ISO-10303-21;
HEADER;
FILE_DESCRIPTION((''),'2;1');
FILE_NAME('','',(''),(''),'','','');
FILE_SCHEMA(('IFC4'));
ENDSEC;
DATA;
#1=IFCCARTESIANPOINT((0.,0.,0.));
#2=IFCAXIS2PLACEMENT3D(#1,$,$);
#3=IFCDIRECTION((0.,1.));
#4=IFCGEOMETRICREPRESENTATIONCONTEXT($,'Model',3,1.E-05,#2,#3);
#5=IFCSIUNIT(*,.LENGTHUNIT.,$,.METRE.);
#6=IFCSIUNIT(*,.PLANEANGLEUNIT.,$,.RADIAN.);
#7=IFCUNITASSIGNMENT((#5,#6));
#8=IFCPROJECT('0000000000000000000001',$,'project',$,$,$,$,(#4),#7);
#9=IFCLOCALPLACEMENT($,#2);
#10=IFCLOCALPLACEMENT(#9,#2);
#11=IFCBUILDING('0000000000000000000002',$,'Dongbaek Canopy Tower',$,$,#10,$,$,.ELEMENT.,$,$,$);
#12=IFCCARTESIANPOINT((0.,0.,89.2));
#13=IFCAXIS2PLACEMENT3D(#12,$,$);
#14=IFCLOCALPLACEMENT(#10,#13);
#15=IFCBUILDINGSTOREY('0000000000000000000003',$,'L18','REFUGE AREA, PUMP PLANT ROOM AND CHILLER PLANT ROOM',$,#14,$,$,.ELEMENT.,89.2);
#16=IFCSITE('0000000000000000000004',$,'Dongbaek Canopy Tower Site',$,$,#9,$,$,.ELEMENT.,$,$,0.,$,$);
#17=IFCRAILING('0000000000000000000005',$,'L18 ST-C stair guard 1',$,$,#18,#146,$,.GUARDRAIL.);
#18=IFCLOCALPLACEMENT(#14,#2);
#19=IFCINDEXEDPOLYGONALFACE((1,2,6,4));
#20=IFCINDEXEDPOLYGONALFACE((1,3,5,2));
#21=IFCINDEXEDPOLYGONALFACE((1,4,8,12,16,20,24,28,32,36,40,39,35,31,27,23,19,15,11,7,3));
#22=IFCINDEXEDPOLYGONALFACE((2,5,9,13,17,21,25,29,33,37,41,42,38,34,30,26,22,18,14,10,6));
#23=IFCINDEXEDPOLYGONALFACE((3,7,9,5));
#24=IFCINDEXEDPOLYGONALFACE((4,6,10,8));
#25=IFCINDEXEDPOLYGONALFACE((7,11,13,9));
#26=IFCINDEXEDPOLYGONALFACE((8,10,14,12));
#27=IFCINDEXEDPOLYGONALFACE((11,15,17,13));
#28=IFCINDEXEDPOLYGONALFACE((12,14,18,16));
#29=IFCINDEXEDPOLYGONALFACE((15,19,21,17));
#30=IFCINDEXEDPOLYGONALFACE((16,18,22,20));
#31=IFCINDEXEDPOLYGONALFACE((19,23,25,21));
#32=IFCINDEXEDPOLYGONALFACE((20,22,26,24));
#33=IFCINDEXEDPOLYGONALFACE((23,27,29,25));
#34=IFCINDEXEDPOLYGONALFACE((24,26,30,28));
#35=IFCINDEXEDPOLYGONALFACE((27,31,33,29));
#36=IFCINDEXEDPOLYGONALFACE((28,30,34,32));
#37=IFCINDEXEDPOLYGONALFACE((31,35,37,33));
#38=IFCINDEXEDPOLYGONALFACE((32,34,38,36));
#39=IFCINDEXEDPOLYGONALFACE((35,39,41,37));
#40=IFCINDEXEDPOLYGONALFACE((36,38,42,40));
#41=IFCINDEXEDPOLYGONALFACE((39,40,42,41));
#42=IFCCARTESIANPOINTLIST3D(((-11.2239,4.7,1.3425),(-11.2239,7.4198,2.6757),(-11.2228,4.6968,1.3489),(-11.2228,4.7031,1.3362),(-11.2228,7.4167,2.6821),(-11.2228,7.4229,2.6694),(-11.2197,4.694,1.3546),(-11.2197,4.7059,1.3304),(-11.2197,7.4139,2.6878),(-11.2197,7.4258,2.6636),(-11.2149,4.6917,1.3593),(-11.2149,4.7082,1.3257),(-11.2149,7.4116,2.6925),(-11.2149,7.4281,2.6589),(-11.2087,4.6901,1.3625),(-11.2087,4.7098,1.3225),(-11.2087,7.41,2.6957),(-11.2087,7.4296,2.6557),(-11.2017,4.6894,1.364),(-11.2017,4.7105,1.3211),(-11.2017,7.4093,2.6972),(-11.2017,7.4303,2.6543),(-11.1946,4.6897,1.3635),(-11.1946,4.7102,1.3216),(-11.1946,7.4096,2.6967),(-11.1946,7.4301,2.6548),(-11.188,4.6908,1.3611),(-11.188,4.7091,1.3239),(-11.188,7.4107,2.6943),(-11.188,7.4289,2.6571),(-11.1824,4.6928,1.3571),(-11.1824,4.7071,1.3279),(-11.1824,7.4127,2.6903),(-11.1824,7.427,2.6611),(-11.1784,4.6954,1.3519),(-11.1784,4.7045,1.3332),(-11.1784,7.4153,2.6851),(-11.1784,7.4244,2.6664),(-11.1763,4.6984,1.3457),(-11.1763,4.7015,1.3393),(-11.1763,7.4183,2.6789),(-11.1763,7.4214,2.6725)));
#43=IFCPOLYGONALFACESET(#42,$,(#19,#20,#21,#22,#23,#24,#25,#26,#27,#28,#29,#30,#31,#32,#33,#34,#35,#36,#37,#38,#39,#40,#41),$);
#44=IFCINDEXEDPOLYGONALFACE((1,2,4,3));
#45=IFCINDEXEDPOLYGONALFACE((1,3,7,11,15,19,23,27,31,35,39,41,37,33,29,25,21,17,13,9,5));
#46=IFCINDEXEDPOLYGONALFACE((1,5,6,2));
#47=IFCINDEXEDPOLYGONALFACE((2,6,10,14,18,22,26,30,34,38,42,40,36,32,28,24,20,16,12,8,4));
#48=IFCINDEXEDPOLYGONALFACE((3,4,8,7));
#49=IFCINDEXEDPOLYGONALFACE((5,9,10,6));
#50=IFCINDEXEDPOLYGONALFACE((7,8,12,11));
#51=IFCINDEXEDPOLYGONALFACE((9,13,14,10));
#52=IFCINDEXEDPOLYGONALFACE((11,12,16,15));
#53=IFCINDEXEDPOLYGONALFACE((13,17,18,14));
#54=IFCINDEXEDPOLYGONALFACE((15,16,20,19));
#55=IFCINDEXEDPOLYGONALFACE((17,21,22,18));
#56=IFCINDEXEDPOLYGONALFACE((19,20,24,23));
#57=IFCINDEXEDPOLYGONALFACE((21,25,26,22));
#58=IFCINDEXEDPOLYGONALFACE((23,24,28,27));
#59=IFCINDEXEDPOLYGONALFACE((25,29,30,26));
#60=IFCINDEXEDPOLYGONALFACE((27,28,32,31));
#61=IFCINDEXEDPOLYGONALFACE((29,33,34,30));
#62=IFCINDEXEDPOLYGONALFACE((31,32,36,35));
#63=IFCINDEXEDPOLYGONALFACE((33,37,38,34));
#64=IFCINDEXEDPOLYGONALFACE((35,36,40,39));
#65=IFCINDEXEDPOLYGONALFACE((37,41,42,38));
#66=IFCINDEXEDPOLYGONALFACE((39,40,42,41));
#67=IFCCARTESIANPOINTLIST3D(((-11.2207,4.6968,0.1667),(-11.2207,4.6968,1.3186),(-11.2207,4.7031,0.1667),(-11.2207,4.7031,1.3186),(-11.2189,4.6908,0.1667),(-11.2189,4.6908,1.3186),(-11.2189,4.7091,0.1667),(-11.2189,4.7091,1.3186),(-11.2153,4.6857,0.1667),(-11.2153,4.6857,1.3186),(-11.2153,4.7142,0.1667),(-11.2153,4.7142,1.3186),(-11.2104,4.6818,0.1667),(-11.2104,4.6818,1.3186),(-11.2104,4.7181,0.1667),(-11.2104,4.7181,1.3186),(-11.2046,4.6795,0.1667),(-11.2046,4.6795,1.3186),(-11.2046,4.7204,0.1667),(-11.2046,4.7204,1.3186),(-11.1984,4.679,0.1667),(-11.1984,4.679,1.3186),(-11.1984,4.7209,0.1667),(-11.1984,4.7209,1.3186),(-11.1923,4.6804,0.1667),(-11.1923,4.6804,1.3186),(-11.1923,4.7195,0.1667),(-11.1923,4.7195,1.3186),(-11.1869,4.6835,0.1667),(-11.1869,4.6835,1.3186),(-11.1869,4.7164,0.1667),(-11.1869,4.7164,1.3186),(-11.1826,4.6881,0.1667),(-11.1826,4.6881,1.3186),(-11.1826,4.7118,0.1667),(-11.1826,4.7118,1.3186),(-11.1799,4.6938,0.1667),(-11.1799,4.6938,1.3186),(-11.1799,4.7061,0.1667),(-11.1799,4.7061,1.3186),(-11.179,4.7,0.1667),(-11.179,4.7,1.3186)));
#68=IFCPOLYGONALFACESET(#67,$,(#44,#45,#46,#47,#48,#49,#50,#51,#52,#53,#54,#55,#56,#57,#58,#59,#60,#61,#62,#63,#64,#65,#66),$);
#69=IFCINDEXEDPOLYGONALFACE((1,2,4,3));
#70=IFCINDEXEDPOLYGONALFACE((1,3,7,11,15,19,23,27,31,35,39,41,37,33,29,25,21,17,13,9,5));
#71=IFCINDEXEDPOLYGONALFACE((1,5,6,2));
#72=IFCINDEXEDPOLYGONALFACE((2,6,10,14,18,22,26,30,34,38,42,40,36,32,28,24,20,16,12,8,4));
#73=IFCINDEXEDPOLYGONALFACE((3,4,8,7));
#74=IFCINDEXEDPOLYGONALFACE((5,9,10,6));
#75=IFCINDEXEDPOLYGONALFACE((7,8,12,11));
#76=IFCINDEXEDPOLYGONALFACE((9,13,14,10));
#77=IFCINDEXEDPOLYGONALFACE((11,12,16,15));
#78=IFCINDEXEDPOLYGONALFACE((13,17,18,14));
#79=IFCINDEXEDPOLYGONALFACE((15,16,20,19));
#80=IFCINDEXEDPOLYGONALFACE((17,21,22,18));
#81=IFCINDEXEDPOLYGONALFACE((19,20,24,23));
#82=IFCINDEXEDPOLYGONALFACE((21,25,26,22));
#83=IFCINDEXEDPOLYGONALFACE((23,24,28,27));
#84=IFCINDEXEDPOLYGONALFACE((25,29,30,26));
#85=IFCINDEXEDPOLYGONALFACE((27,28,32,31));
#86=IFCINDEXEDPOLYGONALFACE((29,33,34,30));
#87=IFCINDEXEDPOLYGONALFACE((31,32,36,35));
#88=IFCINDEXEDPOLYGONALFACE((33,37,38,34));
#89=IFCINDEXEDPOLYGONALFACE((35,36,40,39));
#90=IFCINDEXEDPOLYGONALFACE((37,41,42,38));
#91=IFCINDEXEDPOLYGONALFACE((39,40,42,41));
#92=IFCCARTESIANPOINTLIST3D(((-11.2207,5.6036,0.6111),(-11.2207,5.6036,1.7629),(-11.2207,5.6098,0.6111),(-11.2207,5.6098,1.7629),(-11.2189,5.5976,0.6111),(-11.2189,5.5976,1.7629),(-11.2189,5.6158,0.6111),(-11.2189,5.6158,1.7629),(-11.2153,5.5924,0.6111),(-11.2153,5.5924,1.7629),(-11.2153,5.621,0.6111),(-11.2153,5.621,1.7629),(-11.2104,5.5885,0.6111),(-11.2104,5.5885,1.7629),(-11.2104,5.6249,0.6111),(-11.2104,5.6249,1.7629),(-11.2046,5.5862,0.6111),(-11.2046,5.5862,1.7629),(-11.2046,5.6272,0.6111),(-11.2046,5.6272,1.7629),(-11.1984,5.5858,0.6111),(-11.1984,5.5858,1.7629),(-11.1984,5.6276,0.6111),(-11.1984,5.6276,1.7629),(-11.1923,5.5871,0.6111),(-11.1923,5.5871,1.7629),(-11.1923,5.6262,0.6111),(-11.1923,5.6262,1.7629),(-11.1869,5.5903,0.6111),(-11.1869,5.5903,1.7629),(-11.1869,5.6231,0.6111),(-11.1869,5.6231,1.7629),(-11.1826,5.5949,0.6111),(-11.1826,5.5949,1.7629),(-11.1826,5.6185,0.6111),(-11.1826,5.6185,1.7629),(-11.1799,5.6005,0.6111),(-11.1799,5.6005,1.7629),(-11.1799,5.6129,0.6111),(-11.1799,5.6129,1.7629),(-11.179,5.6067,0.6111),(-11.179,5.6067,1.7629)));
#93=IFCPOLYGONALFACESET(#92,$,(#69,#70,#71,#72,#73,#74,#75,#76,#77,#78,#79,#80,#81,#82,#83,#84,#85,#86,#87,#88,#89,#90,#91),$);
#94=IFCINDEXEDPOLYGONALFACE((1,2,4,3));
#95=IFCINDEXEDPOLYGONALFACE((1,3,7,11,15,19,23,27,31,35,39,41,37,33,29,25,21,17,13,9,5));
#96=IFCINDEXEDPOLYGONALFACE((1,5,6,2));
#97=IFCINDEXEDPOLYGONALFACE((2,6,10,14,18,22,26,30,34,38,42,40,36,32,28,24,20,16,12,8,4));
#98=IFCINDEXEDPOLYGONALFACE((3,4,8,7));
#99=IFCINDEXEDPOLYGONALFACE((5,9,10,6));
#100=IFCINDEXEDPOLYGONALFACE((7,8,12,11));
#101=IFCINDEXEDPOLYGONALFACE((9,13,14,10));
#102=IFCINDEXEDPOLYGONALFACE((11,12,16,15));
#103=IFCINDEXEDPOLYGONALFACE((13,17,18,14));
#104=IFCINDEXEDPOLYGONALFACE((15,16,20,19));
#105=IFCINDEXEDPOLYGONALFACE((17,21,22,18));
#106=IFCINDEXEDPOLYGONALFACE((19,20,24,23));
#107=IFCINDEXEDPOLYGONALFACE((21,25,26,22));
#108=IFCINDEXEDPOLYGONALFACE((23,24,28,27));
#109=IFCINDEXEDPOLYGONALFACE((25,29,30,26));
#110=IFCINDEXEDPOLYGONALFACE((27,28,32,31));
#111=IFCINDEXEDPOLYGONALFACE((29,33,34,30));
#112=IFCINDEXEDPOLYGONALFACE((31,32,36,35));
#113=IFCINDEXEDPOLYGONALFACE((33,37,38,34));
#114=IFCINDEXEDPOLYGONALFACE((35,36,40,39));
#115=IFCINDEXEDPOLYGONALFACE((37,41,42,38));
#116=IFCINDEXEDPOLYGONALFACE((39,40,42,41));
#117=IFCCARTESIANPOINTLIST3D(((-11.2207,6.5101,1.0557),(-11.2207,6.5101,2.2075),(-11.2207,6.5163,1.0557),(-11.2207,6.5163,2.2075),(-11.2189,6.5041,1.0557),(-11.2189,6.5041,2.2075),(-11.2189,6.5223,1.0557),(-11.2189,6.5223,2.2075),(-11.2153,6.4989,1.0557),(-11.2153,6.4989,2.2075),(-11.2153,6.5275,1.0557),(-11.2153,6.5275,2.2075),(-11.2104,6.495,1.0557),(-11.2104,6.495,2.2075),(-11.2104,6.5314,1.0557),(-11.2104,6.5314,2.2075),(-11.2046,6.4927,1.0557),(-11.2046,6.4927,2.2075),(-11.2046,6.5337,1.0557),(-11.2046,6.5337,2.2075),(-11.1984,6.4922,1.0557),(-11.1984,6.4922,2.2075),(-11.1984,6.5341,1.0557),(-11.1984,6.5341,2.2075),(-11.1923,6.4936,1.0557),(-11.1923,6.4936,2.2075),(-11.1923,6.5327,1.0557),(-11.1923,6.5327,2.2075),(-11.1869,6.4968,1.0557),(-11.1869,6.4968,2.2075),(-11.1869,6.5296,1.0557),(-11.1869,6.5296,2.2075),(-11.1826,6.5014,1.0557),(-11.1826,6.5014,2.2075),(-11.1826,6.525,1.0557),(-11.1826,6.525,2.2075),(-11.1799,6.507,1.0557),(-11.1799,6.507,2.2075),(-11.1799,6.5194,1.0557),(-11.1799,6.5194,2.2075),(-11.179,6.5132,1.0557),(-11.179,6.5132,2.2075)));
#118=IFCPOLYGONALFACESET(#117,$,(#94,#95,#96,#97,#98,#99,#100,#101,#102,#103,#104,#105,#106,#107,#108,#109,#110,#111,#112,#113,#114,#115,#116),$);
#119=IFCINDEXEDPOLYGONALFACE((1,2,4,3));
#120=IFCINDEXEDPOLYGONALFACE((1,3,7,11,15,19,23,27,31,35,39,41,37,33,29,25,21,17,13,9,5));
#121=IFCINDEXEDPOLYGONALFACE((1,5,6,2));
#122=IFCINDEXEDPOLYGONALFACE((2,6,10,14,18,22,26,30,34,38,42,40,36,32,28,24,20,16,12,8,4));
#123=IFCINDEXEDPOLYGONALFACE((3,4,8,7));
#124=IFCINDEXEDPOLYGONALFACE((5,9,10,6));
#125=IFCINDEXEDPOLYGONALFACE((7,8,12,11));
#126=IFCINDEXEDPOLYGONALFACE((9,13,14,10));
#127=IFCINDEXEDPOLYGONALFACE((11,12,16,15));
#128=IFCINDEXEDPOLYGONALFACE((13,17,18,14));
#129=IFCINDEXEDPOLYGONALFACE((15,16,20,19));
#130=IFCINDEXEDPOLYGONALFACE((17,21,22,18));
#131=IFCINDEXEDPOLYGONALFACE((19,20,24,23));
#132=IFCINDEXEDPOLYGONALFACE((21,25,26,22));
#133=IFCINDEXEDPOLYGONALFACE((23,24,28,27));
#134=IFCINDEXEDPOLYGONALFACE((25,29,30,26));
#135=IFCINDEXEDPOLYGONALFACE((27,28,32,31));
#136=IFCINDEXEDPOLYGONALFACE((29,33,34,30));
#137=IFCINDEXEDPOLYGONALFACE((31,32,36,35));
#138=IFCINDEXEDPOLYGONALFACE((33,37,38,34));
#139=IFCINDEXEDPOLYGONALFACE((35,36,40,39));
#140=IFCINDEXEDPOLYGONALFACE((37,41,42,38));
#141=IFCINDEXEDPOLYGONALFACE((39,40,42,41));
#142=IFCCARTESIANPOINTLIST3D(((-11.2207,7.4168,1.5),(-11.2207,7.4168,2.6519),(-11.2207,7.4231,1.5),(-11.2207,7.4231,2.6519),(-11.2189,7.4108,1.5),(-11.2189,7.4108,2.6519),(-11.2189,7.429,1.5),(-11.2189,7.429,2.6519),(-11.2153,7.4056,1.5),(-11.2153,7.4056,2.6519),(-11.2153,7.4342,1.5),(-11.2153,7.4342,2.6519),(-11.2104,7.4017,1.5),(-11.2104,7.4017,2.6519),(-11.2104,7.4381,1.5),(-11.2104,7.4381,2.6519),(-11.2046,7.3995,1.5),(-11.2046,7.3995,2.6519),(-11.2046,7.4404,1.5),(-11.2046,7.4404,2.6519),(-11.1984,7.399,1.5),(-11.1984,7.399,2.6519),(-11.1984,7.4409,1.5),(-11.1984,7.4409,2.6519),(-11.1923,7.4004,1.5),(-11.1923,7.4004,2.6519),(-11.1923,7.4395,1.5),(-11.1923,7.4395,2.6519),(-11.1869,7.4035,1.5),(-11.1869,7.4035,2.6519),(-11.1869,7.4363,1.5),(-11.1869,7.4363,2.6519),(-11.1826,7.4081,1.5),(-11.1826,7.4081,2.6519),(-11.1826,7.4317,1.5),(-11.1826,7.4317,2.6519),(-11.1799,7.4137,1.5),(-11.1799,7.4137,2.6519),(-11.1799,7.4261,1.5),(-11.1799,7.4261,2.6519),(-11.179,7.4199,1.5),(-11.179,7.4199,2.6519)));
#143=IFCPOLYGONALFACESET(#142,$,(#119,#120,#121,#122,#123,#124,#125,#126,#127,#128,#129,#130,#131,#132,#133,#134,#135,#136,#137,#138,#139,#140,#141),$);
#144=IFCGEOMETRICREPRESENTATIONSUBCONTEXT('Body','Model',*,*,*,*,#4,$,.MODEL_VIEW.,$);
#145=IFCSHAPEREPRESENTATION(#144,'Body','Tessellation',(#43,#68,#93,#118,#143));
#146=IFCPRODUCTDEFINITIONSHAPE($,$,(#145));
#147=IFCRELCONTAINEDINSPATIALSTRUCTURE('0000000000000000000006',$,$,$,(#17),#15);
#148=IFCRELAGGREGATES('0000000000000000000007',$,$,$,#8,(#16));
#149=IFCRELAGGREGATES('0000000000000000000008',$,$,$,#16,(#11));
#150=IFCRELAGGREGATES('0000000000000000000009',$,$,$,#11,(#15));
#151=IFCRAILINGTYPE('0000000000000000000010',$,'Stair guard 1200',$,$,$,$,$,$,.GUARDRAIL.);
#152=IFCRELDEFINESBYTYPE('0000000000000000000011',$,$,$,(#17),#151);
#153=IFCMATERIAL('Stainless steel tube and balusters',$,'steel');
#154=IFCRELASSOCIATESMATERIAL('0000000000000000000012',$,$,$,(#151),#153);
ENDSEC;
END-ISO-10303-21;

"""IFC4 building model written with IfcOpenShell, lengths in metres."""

from ifc_helpers import new_model, si_unit, direction, frame, origin, origin_2d, place, context, subcontext, project, spatial, circle, extrude, material, type_object, element, save


model = new_model("IFC4")

# Units and contexts
model_context = context("Model", 3, precision=1e-05, world=origin(), true_north=direction((0.0, 1.0)))
body_context = subcontext(model_context, "Body", "Model", "MODEL_VIEW")
ifc_project = project(units=[si_unit("LENGTHUNIT", "METRE"), si_unit("PLANEANGLEUNIT", "RADIAN")], contexts=[model_context])

# Site, building, storey
site_placement = place(None, origin())
site = spatial("IfcSite", under=ifc_project, at=site_placement, Name="Dongbaek Canopy Tower Site", CompositionType="ELEMENT", RefElevation=0.0)
building_placement = place(site_placement, origin())
building = spatial("IfcBuilding", under=site, at=building_placement, Name="Dongbaek Canopy Tower", CompositionType="ELEMENT")
storey_placement = place(building_placement, frame((0.0, 0.0, 89.2)))
storey = spatial("IfcBuildingStorey", under=building, at=storey_placement, Name="L18", Description="REFUGE AREA, PUMP PLANT ROOM AND CHILLER PLANT ROOM", CompositionType="ELEMENT", Elevation=89.2)

# Railing
ifc_material_1 = material(Name="Stainless steel tube and balusters", Category="steel")
railing_type_1 = type_object("IfcRailingType", Name="Stair guard 1200", PredefinedType="GUARDRAIL", material=ifc_material_1)
railing_1_placement = place(storey_placement, frame((-11.2, 4.7, 0.1667)))
element("IfcRailing", 1, at=railing_1_placement, inside=storey, type_object=railing_type_1, Name="L18 ST-C stair guard 1", PredefinedType="GUARDRAIL", context=body_context, shape_type="SweptSolid", body=[
    extrude(circle(Radius=0.0239, at=origin_2d()), frame((0.0, 0.0, 1.1758), z_axis=(0.0, 0.897929, 0.440139), x_axis=(-1.0, 0.0, 0.0)), (0.0, 0.0, 1.0), 3.0291),
    extrude(circle(Radius=0.021, at=origin_2d()), origin(), (0.0, 0.0, 1.0), 1.1519),
    extrude(circle(Radius=0.021, at=origin_2d()), frame((0.0, 0.9067, 0.4443)), (0.0, 0.0, 1.0), 1.1519),
    extrude(circle(Radius=0.021, at=origin_2d()), frame((0.0, 1.8132, 0.8889)), (0.0, 0.0, 1.0), 1.1519),
    extrude(circle(Radius=0.021, at=origin_2d()), frame((0.0, 2.72, 1.3333)), (0.0, 0.0, 1.0), 1.1519),
])

save(model, "model.ifc")
